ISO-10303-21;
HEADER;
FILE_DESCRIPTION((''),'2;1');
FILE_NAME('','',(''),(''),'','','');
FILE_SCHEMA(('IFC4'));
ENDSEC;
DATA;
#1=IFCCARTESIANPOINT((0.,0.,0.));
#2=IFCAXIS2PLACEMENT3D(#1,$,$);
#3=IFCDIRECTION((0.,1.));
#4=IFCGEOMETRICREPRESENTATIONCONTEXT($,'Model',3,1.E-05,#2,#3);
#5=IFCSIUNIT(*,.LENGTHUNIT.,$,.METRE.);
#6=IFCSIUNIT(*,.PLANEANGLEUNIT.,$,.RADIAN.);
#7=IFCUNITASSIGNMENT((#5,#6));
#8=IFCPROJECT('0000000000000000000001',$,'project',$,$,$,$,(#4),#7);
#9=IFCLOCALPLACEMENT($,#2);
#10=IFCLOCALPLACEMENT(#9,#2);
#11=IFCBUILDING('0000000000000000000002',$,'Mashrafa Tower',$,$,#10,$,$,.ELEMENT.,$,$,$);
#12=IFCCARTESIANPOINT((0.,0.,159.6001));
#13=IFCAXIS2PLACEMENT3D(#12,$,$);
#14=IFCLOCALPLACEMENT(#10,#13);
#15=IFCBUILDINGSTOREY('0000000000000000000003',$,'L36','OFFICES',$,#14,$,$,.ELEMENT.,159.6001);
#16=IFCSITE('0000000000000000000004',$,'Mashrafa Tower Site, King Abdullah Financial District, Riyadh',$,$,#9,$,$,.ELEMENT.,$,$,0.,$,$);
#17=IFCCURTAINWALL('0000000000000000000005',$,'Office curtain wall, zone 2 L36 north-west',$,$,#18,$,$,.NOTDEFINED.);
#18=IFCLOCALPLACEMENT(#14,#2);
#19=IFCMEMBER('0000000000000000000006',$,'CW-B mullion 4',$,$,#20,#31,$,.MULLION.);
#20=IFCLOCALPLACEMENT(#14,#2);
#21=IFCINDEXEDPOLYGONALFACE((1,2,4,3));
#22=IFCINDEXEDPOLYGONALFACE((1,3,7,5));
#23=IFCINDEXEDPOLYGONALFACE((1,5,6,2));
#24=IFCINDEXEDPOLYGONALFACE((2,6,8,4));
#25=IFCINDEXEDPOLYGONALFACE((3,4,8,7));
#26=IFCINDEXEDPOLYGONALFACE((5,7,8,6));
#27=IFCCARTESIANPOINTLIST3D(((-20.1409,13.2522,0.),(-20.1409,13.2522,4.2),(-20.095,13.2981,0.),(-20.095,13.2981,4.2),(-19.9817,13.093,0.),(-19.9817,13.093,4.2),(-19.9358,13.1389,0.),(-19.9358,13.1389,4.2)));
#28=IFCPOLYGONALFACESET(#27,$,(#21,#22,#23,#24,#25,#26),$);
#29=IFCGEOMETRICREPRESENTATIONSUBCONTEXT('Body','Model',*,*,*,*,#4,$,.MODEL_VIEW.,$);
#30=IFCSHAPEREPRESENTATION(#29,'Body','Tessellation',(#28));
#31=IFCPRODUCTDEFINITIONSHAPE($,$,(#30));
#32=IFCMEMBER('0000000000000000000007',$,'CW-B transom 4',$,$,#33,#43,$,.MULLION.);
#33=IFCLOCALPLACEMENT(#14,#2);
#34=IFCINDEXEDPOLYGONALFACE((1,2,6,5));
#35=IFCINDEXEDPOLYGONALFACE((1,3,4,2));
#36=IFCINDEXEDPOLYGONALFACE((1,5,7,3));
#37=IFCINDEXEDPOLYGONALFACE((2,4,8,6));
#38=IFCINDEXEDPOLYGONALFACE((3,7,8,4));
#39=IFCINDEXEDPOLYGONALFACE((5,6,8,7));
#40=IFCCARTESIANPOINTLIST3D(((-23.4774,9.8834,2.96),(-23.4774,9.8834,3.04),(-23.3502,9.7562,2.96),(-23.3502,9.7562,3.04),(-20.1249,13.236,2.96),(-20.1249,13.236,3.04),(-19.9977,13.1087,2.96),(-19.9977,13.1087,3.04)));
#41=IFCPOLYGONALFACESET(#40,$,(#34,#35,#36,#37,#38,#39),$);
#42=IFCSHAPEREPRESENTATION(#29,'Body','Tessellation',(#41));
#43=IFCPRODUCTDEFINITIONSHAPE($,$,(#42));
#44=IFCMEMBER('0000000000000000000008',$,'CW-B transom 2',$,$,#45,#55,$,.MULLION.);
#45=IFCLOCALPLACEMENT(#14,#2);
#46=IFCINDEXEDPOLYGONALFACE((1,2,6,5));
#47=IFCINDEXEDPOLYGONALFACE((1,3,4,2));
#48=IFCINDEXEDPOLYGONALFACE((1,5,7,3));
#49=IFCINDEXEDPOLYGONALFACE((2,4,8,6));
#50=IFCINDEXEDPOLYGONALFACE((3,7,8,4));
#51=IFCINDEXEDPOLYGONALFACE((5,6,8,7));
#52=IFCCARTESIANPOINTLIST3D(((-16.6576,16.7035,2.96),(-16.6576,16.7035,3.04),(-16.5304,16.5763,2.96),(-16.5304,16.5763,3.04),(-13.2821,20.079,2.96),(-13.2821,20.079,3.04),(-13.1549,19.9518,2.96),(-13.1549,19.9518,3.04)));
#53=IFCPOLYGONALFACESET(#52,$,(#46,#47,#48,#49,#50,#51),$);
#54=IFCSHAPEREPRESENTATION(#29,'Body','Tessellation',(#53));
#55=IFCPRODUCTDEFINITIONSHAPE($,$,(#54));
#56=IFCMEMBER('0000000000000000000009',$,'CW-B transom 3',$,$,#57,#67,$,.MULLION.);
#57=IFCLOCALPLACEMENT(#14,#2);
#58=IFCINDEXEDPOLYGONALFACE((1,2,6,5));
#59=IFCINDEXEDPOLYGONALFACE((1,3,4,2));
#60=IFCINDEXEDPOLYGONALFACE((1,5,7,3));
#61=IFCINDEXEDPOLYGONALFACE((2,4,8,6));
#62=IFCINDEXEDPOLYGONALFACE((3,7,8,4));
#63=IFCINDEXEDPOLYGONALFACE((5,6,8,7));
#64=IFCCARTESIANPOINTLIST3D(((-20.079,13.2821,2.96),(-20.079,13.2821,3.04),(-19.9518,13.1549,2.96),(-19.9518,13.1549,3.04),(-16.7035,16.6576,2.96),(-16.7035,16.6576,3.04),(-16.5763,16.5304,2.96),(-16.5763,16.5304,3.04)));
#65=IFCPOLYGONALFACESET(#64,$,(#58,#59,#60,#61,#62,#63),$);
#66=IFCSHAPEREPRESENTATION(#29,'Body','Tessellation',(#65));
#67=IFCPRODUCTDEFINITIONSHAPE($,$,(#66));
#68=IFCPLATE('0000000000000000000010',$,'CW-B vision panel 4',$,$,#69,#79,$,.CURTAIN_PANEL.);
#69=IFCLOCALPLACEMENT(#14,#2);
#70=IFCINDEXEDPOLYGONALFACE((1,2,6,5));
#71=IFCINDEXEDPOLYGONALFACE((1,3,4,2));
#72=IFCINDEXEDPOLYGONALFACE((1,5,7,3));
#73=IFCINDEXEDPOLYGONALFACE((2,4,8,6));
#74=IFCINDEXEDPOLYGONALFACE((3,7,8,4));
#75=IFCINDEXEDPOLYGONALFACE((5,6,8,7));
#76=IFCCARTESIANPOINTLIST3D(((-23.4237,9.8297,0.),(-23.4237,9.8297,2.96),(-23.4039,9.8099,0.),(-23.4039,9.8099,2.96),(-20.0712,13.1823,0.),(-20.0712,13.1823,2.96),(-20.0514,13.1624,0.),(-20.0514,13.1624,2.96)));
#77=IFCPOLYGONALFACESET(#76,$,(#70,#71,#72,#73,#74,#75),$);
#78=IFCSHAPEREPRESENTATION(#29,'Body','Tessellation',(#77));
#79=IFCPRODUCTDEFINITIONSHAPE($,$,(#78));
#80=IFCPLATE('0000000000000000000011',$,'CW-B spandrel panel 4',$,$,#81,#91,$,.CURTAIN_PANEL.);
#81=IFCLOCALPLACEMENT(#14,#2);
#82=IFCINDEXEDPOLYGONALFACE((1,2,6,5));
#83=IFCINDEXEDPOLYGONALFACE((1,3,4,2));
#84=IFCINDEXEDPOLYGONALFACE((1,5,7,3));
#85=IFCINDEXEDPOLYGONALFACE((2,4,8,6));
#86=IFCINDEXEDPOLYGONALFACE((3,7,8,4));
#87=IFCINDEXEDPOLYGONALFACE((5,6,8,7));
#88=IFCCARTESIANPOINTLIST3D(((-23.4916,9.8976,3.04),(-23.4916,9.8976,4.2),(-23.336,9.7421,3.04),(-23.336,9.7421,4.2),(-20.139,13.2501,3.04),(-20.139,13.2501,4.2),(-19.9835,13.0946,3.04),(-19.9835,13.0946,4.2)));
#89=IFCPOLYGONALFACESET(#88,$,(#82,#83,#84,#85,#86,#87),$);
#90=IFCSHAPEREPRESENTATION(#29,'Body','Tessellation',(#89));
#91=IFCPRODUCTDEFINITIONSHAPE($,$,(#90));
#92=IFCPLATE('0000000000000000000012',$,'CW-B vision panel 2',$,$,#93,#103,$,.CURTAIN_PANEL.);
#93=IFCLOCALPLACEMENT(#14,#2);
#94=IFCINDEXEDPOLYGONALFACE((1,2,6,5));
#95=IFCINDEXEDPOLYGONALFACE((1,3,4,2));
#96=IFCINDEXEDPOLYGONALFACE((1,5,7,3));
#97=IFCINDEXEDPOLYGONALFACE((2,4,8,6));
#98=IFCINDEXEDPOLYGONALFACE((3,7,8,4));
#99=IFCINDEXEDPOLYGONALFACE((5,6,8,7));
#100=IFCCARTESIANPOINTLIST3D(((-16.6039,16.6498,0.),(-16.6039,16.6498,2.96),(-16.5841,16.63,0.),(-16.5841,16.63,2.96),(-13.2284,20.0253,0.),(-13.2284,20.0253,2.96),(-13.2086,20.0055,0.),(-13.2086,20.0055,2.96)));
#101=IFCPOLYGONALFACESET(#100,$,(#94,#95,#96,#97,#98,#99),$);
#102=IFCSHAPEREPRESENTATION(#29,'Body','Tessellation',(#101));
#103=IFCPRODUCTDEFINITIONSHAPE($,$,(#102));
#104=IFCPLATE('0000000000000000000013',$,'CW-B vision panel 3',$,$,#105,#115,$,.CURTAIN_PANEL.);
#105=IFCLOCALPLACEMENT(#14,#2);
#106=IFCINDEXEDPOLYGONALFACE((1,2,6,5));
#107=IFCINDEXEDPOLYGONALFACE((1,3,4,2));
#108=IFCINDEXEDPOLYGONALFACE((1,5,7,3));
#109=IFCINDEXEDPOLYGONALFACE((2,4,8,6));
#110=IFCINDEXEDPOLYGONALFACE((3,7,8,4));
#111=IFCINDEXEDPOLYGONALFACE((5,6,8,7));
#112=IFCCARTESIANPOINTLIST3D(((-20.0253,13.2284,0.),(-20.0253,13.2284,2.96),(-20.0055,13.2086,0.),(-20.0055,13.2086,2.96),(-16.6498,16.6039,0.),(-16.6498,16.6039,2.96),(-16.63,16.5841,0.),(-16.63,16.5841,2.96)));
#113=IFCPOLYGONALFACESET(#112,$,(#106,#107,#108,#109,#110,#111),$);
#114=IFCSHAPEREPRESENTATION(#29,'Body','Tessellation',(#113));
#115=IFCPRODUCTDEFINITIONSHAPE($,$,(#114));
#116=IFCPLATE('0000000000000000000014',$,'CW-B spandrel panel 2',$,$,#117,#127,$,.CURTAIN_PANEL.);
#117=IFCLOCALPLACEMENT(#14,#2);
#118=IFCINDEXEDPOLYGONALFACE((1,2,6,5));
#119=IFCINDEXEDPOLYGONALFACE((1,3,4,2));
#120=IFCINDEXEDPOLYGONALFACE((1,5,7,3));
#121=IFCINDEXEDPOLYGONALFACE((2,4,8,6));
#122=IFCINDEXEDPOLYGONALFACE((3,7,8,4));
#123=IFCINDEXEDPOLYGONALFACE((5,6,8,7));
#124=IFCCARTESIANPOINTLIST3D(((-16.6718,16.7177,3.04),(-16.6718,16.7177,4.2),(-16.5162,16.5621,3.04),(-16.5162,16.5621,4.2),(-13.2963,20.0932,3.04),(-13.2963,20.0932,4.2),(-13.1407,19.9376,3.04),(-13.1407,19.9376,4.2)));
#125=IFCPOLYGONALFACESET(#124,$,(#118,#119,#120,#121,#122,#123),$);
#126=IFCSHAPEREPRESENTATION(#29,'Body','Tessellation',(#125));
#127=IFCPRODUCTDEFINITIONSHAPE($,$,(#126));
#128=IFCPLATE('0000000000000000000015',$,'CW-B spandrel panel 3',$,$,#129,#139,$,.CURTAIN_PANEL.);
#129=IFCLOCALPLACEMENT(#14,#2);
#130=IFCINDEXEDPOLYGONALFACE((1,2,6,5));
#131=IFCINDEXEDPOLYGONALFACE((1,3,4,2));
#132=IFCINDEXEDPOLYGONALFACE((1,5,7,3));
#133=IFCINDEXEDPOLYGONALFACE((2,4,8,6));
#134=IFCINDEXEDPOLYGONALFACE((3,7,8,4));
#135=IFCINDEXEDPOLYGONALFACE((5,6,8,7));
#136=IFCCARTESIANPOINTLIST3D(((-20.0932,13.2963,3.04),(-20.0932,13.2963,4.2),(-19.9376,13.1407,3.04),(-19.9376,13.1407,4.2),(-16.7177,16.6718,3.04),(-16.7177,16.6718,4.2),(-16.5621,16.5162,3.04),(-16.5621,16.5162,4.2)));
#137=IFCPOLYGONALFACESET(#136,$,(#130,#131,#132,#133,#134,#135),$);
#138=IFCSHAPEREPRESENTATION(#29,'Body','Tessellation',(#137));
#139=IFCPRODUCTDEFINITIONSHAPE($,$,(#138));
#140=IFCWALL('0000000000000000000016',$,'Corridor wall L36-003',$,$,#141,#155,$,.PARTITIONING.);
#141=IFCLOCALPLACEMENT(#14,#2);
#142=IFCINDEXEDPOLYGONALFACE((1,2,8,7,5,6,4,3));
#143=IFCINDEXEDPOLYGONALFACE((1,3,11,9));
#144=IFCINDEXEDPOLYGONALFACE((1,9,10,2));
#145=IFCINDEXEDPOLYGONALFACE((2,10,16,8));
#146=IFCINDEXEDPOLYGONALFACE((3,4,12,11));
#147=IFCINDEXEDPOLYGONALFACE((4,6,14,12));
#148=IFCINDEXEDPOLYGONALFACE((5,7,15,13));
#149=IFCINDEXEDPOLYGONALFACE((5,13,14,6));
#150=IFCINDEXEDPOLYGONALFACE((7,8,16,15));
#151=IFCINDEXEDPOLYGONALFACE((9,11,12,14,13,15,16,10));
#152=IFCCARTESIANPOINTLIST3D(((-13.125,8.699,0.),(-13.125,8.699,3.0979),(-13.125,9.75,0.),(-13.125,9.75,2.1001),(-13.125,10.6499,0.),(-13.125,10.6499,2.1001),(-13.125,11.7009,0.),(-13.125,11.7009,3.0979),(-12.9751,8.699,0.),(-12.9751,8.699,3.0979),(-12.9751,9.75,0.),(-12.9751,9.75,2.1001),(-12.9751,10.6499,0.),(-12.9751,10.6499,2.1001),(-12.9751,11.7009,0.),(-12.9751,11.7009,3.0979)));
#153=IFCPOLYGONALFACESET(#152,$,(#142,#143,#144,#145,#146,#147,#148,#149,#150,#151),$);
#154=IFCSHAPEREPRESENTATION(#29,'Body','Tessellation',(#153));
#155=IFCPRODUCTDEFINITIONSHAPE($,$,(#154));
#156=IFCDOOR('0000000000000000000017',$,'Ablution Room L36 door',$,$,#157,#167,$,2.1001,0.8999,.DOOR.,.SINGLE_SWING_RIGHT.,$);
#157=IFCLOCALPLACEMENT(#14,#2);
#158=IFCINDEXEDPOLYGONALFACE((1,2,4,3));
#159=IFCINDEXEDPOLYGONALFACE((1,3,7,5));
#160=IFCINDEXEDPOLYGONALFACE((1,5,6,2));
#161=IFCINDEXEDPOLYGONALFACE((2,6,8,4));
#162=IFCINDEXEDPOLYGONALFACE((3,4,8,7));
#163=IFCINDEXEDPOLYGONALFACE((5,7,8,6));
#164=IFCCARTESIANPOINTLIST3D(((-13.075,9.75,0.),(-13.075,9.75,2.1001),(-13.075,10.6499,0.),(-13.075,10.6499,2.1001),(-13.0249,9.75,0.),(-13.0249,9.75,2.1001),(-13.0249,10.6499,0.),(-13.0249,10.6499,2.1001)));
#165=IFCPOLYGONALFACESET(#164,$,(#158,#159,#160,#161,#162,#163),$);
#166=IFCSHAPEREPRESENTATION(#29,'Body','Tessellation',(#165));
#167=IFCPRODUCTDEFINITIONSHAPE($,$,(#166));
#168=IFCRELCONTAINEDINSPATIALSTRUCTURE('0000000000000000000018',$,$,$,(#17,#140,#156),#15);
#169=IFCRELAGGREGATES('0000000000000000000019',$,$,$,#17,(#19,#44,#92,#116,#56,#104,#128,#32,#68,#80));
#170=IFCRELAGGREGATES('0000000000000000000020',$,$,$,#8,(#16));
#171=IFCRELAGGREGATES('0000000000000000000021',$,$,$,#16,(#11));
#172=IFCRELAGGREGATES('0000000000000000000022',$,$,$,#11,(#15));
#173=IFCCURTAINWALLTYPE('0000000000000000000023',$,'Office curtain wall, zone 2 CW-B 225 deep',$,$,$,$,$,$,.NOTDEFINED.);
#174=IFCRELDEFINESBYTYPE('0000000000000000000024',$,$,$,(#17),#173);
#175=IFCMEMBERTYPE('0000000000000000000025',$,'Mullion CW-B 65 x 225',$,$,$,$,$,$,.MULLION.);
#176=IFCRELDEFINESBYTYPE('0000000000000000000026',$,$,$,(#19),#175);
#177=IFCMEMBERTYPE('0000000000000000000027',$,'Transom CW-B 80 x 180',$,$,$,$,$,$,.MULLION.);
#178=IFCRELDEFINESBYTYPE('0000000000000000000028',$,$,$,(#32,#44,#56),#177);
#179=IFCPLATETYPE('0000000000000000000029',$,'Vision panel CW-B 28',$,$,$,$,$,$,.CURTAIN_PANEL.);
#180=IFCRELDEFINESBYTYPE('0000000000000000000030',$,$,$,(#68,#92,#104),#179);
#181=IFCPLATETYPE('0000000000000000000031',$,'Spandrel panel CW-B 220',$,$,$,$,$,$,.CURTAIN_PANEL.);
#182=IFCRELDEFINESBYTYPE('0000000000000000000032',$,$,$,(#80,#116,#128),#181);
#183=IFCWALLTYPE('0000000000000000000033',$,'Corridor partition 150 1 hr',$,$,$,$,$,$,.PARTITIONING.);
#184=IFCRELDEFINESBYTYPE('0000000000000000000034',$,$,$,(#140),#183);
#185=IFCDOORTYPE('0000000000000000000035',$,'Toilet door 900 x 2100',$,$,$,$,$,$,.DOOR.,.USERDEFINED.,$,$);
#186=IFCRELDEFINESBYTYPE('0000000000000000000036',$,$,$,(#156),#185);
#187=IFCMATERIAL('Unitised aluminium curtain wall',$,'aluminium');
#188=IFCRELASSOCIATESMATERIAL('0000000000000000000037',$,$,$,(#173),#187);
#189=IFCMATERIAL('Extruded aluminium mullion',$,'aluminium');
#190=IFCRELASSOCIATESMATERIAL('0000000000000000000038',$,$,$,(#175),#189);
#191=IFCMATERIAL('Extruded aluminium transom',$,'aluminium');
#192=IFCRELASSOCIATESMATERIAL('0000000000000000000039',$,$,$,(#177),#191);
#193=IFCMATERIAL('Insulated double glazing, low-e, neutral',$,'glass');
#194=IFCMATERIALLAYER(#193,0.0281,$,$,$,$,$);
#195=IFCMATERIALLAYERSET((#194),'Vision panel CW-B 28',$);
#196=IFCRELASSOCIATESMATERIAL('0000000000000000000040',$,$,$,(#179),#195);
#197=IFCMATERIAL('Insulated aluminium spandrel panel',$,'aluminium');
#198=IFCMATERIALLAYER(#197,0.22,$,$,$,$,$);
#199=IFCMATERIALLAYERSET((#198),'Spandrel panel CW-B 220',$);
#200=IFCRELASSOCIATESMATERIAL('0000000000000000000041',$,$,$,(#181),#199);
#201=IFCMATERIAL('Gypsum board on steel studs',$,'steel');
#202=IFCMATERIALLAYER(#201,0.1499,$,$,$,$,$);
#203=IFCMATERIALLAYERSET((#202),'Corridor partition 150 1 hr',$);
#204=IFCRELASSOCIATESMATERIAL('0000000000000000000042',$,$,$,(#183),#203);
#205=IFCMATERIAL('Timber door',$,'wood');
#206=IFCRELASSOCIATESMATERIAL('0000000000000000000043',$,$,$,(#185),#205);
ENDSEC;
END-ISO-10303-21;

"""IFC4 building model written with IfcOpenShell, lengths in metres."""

from ifc_helpers import new_model, si_unit, direction, frame, frame_2d, origin, origin_2d, place, context, subcontext, project, spatial, rectangle, extrude, source, transform, mapped, material, layer, layer_set, material_profile, profile_set, type_object, type_shapes, element, fill, aggregate, save


model = new_model("IFC4")

# Units and contexts
model_context = context("Model", 3, precision=1e-05, world=origin(), true_north=direction((0.0, 1.0)))
body_context = subcontext(model_context, "Body", "Model", "MODEL_VIEW")
ifc_project = project(units=[si_unit("LENGTHUNIT", "METRE"), si_unit("PLANEANGLEUNIT", "RADIAN")], contexts=[model_context])

# Site, building, storey
site_placement = place(None, origin())
site = spatial("IfcSite", under=ifc_project, at=site_placement, Name="Mashrafa Tower Site, King Abdullah Financial District, Riyadh", CompositionType="ELEMENT", RefElevation=0.0)
building_placement = place(site_placement, origin())
building = spatial("IfcBuilding", under=site, at=building_placement, Name="Mashrafa Tower", CompositionType="ELEMENT")
storey_placement = place(building_placement, frame((0.0, 0.0, 159.6001)))
storey = spatial("IfcBuildingStorey", under=building, at=storey_placement, Name="L36", Description="OFFICES", CompositionType="ELEMENT", Elevation=159.6001)

# Curtain wall, members, plates
ifc_material_1 = material(Name="Unitised aluminium curtain wall", Category="aluminium")
curtain_wall_type = type_object("IfcCurtainWallType", Name="Office curtain wall, zone 2 CW-B 225 deep", PredefinedType="NOTDEFINED", material=ifc_material_1)
curtain_wall_placement = place(storey_placement, origin())
curtain_wall = element("IfcCurtainWall", 1, at=curtain_wall_placement, inside=storey, type_object=curtain_wall_type, Name="Office curtain wall, zone 2 L36 north-west", PredefinedType="NOTDEFINED")
ifc_material_2 = material(Name="Extruded aluminium mullion", Category="aluminium")
ifc_material_profile_1 = material_profile(ifc_material_2, rectangle(XDim=0.2251, YDim=0.0649, at=origin_2d()), Name="Mullion 65x225")
ifc_profile_set_1 = profile_set([ifc_material_profile_1], Name="Extruded aluminium mullion")
member_type_1 = type_object("IfcMemberType", Name="Mullion CW-B 65 x 225", PredefinedType="MULLION", material=ifc_profile_set_1)
shared_shape_1 = source(origin(), body_context, "Body", "SweptSolid", [
    extrude(rectangle(XDim=0.2251, YDim=0.0649, at=origin_2d()), origin(), (0.0, 0.0, 1.0), 4.2),
])
type_shapes(member_type_1, [shared_shape_1])
member_1_placement = place(storey_placement, frame((-20.0383, 13.1956, 0.0), z_axis=(0.0, 0.0, 1.0), x_axis=(0.707107, -0.707107, 0.0)))
member_1 = element("IfcMember", 2, at=member_1_placement, type_object=member_type_1, Name="CW-B mullion 4", PredefinedType="MULLION", context=body_context, shape_type="MappedRepresentation", body=[
    mapped(shared_shape_1, transform((0.0, 0.0, 0.0))),
])
ifc_material_3 = material(Name="Extruded aluminium transom", Category="aluminium")
ifc_material_profile_2 = material_profile(ifc_material_3, rectangle(XDim=0.1799, YDim=0.0801, at=origin_2d()), Name="Transom 80x180")
ifc_profile_set_2 = profile_set([ifc_material_profile_2], Name="Extruded aluminium transom")
member_type_2 = type_object("IfcMemberType", Name="Transom CW-B 80 x 180", PredefinedType="MULLION", material=ifc_profile_set_2)
shared_shape_2 = source(origin(), body_context, "Body", "SweptSolid", [
    extrude(rectangle(XDim=0.1799, YDim=0.0801, at=origin_2d()), origin(), (0.0, 0.0, 1.0), 4.7412),
])
member_2_placement = place(storey_placement, frame((-20.0613, 13.1724, 3.0), z_axis=(-0.707107, -0.707107, 0.0), x_axis=(0.707107, -0.707107, 0.0)))
member_2 = element("IfcMember", 3, at=member_2_placement, type_object=member_type_2, Name="CW-B transom 4", PredefinedType="MULLION", context=body_context, shape_type="MappedRepresentation", body=[
    mapped(shared_shape_2, transform((0.0, 0.0, 0.0))),
])
shared_shape_3 = source(origin(), body_context, "Body", "SweptSolid", [
    extrude(rectangle(XDim=0.1799, YDim=0.0801, at=origin_2d()), origin(), (0.0, 0.0, 1.0), 4.7737),
])
type_shapes(member_type_2, [shared_shape_2, shared_shape_3])
member_3_placement = place(storey_placement, frame((-13.2185, 20.0154, 3.0), z_axis=(-0.707107, -0.707107, 0.0), x_axis=(0.707107, -0.707107, 0.0)))
member_3 = element("IfcMember", 4, at=member_3_placement, type_object=member_type_2, Name="CW-B transom 2", PredefinedType="MULLION", context=body_context, shape_type="MappedRepresentation", body=[
    mapped(shared_shape_3, transform((0.0, 0.0, 0.0))),
])
member_4_placement = place(storey_placement, frame((-16.6399, 16.594, 3.0), z_axis=(-0.707107, -0.707107, 0.0), x_axis=(0.707107, -0.707107, 0.0)))
member_4 = element("IfcMember", 5, at=member_4_placement, type_object=member_type_2, Name="CW-B transom 3", PredefinedType="MULLION", context=body_context, shape_type="MappedRepresentation", body=[
    mapped(shared_shape_3, transform((0.0, 0.0, 0.0))),
])
ifc_material_4 = material(Name="Insulated double glazing, low-e, neutral", Category="glass")
ifc_layer_1 = layer(ifc_material_4, 0.0281)
ifc_layer_set_1 = layer_set([ifc_layer_1], Name="Vision panel CW-B 28")
plate_type_1 = type_object("IfcPlateType", Name="Vision panel CW-B 28", PredefinedType="CURTAIN_PANEL", material=ifc_layer_set_1)
shared_shape_4 = source(origin(), body_context, "Body", "SweptSolid", [
    extrude(rectangle(XDim=4.7412, YDim=0.0281, at=origin_2d()), origin(), (0.0, 0.0, 1.0), 2.96),
])
plate_1_placement = place(storey_placement, frame((-21.7375, 11.4961, 0.0), z_axis=(0.0, 0.0, 1.0), x_axis=(-0.707107, -0.707107, 0.0)))
plate_1 = element("IfcPlate", 6, at=plate_1_placement, type_object=plate_type_1, Name="CW-B vision panel 4", PredefinedType="CURTAIN_PANEL", context=body_context, shape_type="MappedRepresentation", body=[
    mapped(shared_shape_4, transform((0.0, 0.0, 0.0))),
])
ifc_material_5 = material(Name="Insulated aluminium spandrel panel", Category="aluminium")
ifc_layer_2 = layer(ifc_material_5, 0.22)
ifc_layer_set_2 = layer_set([ifc_layer_2], Name="Spandrel panel CW-B 220")
plate_type_2 = type_object("IfcPlateType", Name="Spandrel panel CW-B 220", PredefinedType="CURTAIN_PANEL", material=ifc_layer_set_2)
shared_shape_5 = source(origin(), body_context, "Body", "SweptSolid", [
    extrude(rectangle(XDim=4.7412, YDim=0.22, at=origin_2d()), origin(), (0.0, 0.0, 1.0), 1.1599),
])
plate_2_placement = place(storey_placement, frame((-21.7375, 11.4961, 3.04), z_axis=(0.0, 0.0, 1.0), x_axis=(-0.707107, -0.707107, 0.0)))
plate_2 = element("IfcPlate", 7, at=plate_2_placement, type_object=plate_type_2, Name="CW-B spandrel panel 4", PredefinedType="CURTAIN_PANEL", context=body_context, shape_type="MappedRepresentation", body=[
    mapped(shared_shape_5, transform((0.0, 0.0, 0.0))),
])
shared_shape_6 = source(origin(), body_context, "Body", "SweptSolid", [
    extrude(rectangle(XDim=4.7737, YDim=0.0281, at=origin_2d()), origin(), (0.0, 0.0, 1.0), 2.96),
])
type_shapes(plate_type_1, [shared_shape_4, shared_shape_6])
plate_3_placement = place(storey_placement, frame((-14.9062, 18.3276, 0.0), z_axis=(0.0, 0.0, 1.0), x_axis=(-0.707107, -0.707107, 0.0)))
plate_3 = element("IfcPlate", 8, at=plate_3_placement, type_object=plate_type_1, Name="CW-B vision panel 2", PredefinedType="CURTAIN_PANEL", context=body_context, shape_type="MappedRepresentation", body=[
    mapped(shared_shape_6, transform((0.0, 0.0, 0.0))),
])
plate_4_placement = place(storey_placement, frame((-18.3276, 14.9062, 0.0), z_axis=(0.0, 0.0, 1.0), x_axis=(-0.707107, -0.707107, 0.0)))
plate_4 = element("IfcPlate", 9, at=plate_4_placement, type_object=plate_type_1, Name="CW-B vision panel 3", PredefinedType="CURTAIN_PANEL", context=body_context, shape_type="MappedRepresentation", body=[
    mapped(shared_shape_6, transform((0.0, 0.0, 0.0))),
])
shared_shape_7 = source(origin(), body_context, "Body", "SweptSolid", [
    extrude(rectangle(XDim=4.7737, YDim=0.22, at=origin_2d()), origin(), (0.0, 0.0, 1.0), 1.1599),
])
type_shapes(plate_type_2, [shared_shape_5, shared_shape_7])
plate_5_placement = place(storey_placement, frame((-14.9062, 18.3276, 3.04), z_axis=(0.0, 0.0, 1.0), x_axis=(-0.707107, -0.707107, 0.0)))
plate_5 = element("IfcPlate", 10, at=plate_5_placement, type_object=plate_type_2, Name="CW-B spandrel panel 2", PredefinedType="CURTAIN_PANEL", context=body_context, shape_type="MappedRepresentation", body=[
    mapped(shared_shape_7, transform((0.0, 0.0, 0.0))),
])
plate_6_placement = place(storey_placement, frame((-18.3276, 14.9062, 3.04), z_axis=(0.0, 0.0, 1.0), x_axis=(-0.707107, -0.707107, 0.0)))
plate_6 = element("IfcPlate", 11, at=plate_6_placement, type_object=plate_type_2, Name="CW-B spandrel panel 3", PredefinedType="CURTAIN_PANEL", context=body_context, shape_type="MappedRepresentation", body=[
    mapped(shared_shape_7, transform((0.0, 0.0, 0.0))),
])
aggregate(curtain_wall, [member_1, member_3, plate_3, plate_5, member_4, plate_4, plate_6, member_2, plate_1, plate_2])

# Wall, opening, door
ifc_material_6 = material(Name="Gypsum board on steel studs", Category="steel")
ifc_layer_3 = layer(ifc_material_6, 0.1499)
ifc_layer_set_3 = layer_set([ifc_layer_3], Name="Corridor partition 150 1 hr")
wall_type_1 = type_object("IfcWallType", Name="Corridor partition 150 1 hr", PredefinedType="PARTITIONING", material=ifc_layer_set_3)
wall_1_placement = place(storey_placement, frame((-13.05, 11.7009, 0.0), z_axis=(0.0, 0.0, 1.0), x_axis=(0.0, -1.0, 0.0)))
wall_1 = element("IfcWall", 12, at=wall_1_placement, inside=storey, type_object=wall_type_1, Name="Corridor wall L36-003", PredefinedType="PARTITIONING", context=body_context, shape_type="SweptSolid", body=[
    extrude(rectangle(XDim=3.002, YDim=0.1499, at=frame_2d((1.501, 0.0))), origin(), (0.0, 0.0, 1.0), 3.0979),
])
opening_placement = place(wall_1_placement, frame((1.051, 0.0, 0.0)))
opening = element("IfcOpeningElement", 13, at=opening_placement, cuts=wall_1, PredefinedType="OPENING", context=body_context, shape_type="SweptSolid", body=[
    extrude(rectangle(XDim=0.8999, YDim=2.1001, at=frame_2d((0.45, 1.05))), frame((0.0, 0.085, 0.0), z_axis=(0.0, -1.0, 0.0), x_axis=(1.0, 0.0, 0.0)), (0.0, 0.0, 1.0), 0.1699),
])
ifc_material_7 = material(Name="Timber door", Category="wood")
door_type = type_object("IfcDoorType", Name="Toilet door 900 x 2100", OperationType="USERDEFINED", PredefinedType="DOOR", material=ifc_material_7)
door_placement = place(opening_placement, frame((0.8999, 0.0, 0.0), z_axis=(0.0, 0.0, 1.0), x_axis=(-1.0, 0.0, 0.0)))
door = element("IfcDoor", 14, at=door_placement, inside=storey, type_object=door_type, Name="Ablution Room L36 door", OperationType="SINGLE_SWING_RIGHT", OverallHeight=2.1001, OverallWidth=0.8999, PredefinedType="DOOR", context=body_context, shape_type="SweptSolid", body=[
    extrude(rectangle(XDim=0.8999, YDim=2.1001, at=frame_2d((0.45, 1.05))), frame((0.0, 0.0249, 0.0), z_axis=(0.0, -1.0, 0.0), x_axis=(1.0, 0.0, 0.0)), (0.0, 0.0, 1.0), 0.05),
])
fill(opening, door)

save(model, "model.ifc")
